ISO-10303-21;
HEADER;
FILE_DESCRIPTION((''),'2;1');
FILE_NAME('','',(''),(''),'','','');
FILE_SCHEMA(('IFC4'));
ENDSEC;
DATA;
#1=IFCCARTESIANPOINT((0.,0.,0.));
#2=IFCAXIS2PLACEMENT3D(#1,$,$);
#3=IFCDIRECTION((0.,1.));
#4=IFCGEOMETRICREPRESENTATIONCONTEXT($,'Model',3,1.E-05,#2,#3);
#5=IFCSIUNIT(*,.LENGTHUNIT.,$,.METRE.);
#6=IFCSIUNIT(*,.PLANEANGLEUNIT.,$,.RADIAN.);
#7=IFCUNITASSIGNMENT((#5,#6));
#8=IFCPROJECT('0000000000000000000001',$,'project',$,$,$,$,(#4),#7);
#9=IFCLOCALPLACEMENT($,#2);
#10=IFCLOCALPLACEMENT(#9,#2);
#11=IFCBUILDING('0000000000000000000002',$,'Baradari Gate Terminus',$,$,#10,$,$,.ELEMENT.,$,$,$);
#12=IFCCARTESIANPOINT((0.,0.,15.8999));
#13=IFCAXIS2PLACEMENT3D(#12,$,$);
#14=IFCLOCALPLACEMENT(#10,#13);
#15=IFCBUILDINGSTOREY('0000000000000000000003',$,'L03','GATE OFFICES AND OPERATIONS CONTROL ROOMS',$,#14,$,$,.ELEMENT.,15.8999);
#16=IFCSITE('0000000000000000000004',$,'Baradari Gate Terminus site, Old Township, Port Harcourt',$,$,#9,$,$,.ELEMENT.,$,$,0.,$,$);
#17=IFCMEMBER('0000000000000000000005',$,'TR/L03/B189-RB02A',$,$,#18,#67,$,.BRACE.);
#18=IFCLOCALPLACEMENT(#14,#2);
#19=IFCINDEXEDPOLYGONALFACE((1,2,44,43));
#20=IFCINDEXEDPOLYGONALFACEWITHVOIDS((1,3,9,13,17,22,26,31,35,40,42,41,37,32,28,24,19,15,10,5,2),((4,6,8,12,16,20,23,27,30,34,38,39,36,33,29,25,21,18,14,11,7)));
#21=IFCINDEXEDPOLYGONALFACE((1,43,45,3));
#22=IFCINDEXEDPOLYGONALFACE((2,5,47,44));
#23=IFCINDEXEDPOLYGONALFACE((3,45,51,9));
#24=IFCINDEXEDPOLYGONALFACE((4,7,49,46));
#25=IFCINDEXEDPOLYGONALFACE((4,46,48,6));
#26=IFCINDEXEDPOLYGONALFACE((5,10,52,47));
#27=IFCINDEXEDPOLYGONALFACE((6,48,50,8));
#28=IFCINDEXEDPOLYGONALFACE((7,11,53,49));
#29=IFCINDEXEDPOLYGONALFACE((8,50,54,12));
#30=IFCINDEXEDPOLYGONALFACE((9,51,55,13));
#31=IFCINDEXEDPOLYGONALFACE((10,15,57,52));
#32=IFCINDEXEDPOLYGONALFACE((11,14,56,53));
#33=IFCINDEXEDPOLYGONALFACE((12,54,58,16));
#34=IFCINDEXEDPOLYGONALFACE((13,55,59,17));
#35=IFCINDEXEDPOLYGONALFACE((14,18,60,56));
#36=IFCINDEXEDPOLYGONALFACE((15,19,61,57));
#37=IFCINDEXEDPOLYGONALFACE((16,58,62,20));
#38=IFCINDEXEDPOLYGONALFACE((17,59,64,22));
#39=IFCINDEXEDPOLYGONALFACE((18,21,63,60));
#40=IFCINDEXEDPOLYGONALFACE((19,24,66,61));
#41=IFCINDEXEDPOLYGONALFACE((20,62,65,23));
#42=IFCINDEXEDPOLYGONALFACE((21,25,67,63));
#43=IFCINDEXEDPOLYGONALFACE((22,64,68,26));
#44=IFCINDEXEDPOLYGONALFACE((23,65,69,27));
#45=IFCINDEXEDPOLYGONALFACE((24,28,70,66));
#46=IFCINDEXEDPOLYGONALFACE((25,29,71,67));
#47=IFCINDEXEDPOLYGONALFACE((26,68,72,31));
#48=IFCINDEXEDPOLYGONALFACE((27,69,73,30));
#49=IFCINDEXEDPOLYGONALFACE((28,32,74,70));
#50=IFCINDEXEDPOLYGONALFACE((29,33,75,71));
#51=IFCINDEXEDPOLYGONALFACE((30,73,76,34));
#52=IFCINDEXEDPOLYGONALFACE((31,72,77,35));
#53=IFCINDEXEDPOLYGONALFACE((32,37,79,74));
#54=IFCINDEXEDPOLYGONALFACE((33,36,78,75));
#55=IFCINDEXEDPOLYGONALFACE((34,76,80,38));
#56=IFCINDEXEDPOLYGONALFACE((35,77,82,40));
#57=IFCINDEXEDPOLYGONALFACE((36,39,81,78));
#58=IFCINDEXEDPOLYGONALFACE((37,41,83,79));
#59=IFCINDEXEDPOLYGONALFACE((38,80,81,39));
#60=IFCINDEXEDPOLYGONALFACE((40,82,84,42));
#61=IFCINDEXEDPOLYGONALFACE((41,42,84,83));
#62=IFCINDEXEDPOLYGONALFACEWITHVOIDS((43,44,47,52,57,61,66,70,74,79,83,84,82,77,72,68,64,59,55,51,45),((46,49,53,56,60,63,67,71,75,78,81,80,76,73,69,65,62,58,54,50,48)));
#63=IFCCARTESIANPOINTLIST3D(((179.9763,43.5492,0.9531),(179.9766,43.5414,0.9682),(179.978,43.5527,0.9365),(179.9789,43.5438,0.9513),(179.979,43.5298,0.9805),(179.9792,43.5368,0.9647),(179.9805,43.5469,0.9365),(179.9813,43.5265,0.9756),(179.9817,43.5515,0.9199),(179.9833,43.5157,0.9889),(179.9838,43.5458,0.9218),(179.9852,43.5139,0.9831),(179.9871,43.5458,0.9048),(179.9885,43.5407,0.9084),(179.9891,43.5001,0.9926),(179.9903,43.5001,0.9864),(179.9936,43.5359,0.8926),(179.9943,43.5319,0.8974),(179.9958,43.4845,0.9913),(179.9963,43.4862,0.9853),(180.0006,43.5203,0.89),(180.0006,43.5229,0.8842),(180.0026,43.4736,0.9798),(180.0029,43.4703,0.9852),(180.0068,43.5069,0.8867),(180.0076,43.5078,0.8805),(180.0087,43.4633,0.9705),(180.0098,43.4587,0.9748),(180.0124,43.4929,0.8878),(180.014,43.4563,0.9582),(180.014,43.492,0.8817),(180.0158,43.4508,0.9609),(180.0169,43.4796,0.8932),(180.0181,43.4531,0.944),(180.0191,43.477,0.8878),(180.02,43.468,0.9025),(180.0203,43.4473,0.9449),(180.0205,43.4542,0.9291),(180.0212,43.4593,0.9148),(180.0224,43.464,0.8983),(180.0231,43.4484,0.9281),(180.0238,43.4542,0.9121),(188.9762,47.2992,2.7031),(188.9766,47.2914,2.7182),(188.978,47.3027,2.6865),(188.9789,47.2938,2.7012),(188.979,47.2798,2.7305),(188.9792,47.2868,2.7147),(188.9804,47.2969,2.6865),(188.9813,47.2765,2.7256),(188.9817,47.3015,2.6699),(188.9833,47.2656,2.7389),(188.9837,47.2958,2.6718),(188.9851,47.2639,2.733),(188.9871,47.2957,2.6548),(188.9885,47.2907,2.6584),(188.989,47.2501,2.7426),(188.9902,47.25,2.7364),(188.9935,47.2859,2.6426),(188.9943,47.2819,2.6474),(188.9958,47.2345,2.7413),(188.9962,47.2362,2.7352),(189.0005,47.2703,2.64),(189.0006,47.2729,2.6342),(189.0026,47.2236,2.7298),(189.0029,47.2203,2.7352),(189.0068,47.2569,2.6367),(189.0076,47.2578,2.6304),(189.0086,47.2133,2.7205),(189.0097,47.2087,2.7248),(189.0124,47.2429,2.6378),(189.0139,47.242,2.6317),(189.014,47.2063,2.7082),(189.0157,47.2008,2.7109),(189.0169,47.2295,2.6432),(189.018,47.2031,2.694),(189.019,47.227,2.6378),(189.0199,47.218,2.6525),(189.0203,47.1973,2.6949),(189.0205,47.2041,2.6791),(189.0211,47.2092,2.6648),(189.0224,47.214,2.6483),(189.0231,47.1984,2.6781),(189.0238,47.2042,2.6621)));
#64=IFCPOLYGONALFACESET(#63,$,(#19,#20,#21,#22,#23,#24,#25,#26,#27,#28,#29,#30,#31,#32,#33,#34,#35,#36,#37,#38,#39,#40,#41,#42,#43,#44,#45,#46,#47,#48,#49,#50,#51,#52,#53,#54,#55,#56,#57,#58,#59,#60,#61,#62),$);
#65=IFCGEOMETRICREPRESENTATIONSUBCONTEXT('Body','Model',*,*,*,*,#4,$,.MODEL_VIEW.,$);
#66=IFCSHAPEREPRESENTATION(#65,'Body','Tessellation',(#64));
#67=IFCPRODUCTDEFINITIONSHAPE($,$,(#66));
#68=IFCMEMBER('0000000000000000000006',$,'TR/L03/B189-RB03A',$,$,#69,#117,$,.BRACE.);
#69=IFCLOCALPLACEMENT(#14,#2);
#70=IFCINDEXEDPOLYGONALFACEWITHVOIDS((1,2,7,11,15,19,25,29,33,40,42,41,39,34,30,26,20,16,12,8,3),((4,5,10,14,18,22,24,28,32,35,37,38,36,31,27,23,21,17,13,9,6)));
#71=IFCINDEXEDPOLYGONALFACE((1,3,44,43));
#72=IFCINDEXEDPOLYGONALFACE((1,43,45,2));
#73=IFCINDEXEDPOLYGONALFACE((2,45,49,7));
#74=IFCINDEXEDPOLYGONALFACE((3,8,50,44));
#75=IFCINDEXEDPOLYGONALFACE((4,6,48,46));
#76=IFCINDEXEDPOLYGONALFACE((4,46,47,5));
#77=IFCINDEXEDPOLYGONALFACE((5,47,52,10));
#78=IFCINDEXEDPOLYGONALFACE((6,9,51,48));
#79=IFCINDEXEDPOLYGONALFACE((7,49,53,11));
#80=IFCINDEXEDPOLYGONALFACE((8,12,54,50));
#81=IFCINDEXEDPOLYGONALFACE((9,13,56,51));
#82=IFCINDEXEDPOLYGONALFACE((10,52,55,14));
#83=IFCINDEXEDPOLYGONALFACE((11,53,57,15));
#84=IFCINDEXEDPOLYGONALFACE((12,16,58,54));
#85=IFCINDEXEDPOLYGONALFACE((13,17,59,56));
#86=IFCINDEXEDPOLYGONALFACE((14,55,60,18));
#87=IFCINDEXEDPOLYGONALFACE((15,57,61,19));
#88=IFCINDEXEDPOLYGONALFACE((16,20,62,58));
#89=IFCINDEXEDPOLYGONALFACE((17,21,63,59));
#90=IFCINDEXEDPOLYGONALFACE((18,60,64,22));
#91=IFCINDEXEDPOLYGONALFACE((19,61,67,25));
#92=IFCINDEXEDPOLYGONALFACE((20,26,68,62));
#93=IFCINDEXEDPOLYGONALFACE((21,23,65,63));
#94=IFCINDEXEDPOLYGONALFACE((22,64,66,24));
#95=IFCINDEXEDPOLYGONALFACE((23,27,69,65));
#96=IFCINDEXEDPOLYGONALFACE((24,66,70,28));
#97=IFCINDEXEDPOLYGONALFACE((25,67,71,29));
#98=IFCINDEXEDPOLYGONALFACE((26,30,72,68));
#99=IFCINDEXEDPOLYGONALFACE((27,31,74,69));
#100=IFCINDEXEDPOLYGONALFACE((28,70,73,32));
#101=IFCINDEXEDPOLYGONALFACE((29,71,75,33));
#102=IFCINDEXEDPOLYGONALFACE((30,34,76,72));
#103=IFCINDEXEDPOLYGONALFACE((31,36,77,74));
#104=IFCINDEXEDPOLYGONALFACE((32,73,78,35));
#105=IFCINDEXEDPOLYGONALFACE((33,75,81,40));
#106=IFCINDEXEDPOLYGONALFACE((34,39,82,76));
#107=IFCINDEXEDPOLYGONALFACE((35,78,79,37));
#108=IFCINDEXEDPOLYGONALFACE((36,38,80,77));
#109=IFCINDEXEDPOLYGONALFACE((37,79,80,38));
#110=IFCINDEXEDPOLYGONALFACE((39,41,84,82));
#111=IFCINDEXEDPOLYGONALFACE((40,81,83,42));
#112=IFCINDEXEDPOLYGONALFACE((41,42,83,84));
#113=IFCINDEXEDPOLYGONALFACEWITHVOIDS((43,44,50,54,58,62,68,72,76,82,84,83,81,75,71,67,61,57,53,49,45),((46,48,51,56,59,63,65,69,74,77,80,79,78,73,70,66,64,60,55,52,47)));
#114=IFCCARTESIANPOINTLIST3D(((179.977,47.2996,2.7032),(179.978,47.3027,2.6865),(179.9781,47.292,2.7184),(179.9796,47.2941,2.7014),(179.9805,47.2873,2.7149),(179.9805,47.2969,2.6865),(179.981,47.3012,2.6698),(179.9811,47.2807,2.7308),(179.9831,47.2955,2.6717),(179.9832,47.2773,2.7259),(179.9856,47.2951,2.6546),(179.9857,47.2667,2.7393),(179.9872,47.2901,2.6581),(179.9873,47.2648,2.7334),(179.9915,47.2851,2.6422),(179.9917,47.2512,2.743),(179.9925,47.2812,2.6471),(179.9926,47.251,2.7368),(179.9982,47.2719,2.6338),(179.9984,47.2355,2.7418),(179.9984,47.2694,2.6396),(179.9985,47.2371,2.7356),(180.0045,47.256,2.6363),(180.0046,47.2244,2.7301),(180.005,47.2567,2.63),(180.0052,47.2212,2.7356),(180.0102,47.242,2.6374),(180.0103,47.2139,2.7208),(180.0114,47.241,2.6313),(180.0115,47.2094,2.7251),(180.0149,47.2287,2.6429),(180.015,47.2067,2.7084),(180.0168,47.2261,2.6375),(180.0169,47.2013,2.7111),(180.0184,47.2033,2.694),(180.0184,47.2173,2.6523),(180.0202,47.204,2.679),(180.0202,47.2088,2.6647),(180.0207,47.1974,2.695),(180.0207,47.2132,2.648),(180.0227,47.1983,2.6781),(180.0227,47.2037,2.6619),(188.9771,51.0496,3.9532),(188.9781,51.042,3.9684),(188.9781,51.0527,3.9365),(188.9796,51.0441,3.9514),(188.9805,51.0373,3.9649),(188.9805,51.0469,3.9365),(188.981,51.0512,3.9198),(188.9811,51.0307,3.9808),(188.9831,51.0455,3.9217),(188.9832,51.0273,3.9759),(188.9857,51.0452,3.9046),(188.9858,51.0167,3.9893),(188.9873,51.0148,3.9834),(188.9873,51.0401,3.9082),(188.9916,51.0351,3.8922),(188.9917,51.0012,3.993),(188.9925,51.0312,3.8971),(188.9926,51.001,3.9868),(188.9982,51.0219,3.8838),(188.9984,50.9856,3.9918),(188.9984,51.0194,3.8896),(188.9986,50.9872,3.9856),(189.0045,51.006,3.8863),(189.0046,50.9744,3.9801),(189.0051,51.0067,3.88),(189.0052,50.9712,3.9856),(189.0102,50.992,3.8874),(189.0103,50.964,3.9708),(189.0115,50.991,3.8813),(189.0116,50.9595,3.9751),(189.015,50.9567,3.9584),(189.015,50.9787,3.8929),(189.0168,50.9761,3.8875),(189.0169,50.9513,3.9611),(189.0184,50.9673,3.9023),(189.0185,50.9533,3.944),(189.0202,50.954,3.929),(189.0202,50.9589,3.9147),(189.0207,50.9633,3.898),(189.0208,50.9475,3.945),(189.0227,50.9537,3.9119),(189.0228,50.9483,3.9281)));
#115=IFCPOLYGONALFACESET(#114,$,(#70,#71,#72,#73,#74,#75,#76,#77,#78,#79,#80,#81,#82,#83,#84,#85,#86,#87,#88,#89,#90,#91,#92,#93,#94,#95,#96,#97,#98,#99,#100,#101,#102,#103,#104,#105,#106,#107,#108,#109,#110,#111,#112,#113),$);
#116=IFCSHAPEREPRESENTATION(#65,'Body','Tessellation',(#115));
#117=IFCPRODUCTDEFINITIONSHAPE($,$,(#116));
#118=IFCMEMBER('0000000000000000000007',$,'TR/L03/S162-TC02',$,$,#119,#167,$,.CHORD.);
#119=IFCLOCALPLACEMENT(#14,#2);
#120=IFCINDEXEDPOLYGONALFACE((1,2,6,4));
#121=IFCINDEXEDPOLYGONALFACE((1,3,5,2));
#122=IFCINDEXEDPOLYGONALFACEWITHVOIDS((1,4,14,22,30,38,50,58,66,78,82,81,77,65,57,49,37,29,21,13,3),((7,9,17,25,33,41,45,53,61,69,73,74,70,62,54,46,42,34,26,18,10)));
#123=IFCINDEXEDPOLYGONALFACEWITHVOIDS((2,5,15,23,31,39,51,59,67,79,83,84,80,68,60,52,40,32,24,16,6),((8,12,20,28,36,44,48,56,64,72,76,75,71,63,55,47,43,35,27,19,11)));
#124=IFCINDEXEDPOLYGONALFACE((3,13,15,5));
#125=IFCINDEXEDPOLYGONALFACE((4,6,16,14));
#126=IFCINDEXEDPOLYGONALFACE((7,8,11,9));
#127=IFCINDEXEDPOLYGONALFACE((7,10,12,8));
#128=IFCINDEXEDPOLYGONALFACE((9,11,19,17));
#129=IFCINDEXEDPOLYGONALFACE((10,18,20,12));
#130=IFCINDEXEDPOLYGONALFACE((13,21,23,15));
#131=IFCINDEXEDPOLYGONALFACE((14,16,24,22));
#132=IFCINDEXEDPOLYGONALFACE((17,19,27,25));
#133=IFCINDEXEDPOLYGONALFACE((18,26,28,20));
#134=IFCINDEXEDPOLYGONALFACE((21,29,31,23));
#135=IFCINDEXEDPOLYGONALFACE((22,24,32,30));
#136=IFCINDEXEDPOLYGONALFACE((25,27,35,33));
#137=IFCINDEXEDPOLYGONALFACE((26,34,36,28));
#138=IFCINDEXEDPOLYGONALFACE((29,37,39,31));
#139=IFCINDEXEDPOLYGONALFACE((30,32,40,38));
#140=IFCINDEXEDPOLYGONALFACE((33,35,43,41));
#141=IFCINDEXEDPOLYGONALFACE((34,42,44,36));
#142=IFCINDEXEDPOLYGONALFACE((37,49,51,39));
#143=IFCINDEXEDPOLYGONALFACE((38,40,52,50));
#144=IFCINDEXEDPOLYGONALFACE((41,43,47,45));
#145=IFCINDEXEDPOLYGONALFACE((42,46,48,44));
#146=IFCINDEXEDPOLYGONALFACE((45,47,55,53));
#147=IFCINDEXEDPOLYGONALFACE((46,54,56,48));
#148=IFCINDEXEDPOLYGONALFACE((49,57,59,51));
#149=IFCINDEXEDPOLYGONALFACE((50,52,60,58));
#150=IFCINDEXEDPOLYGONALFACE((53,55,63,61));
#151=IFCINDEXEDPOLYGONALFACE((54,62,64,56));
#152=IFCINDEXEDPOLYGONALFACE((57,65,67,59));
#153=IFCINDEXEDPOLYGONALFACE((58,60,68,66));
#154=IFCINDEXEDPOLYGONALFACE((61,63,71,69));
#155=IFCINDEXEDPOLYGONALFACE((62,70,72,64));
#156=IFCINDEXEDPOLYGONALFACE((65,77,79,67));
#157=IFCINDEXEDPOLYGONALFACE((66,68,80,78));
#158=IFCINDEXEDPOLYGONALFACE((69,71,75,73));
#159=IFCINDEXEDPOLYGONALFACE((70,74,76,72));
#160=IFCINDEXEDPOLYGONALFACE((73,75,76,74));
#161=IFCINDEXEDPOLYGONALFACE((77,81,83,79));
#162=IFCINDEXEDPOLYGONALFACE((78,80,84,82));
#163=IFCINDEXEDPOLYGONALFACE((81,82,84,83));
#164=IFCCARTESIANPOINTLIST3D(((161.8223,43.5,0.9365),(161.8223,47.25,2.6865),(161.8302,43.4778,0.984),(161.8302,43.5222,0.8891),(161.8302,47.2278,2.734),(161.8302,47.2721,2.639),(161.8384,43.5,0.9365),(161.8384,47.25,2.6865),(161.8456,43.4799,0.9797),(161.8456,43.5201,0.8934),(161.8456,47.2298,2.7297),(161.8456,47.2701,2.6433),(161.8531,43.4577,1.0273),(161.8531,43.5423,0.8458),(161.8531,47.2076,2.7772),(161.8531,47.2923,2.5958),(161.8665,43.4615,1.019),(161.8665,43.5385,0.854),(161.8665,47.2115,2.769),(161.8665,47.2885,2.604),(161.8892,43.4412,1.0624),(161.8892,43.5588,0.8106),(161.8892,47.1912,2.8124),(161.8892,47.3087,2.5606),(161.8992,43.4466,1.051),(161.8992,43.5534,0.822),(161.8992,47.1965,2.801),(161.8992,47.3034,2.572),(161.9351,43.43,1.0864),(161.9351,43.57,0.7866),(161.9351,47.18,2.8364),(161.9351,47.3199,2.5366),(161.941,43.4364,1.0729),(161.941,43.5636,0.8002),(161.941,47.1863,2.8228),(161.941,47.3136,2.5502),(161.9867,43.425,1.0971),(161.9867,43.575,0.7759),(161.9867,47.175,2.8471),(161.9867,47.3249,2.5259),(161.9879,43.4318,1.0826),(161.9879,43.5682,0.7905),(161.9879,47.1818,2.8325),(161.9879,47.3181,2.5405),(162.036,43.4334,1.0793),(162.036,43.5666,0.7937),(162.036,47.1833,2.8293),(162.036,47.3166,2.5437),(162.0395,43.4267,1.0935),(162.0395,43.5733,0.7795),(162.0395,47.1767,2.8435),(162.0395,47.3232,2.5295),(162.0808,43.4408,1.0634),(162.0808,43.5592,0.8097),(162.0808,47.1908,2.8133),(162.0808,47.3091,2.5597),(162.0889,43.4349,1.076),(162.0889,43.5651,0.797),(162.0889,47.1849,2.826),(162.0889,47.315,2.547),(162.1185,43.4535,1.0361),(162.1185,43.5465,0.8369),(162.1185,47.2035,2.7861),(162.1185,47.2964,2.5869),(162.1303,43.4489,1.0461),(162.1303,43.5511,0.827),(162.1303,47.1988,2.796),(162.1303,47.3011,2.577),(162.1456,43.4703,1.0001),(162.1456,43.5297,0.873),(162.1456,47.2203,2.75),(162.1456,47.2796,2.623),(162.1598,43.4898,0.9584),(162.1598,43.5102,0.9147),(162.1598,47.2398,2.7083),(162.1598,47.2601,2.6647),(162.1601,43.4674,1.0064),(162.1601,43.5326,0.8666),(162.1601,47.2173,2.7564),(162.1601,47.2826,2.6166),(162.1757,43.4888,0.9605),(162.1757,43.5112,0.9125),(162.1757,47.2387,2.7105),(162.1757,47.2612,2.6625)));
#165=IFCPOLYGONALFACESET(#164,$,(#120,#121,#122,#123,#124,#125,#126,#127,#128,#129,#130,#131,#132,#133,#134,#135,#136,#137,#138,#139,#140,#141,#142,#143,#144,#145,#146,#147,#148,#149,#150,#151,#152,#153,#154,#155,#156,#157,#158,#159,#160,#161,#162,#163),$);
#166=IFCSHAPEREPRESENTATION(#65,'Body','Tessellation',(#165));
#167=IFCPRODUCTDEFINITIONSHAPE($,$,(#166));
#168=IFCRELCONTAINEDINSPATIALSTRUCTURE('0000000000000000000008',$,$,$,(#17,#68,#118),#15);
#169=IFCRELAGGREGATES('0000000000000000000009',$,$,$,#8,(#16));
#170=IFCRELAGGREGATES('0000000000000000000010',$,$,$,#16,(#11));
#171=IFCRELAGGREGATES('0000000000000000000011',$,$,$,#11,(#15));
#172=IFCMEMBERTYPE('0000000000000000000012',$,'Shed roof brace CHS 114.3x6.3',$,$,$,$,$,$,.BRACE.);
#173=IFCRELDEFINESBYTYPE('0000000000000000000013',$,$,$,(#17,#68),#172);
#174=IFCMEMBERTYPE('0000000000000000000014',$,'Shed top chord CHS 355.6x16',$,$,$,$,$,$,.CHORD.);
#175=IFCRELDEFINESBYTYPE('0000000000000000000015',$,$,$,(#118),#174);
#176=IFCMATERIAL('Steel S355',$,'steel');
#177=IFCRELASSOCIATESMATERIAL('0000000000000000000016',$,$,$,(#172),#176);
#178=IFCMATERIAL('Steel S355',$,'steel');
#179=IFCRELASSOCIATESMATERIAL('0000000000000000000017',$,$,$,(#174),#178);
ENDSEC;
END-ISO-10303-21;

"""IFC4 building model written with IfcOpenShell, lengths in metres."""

from ifc_helpers import new_model, si_unit, direction, frame, origin, origin_2d, place, context, subcontext, project, spatial, hollow_circle, extrude, material, material_profile, profile_set, type_object, element, save


model = new_model("IFC4")

# Units and contexts
model_context = context("Model", 3, precision=1e-05, world=origin(), true_north=direction((0.0, 1.0)))
body_context = subcontext(model_context, "Body", "Model", "MODEL_VIEW")
ifc_project = project(units=[si_unit("LENGTHUNIT", "METRE"), si_unit("PLANEANGLEUNIT", "RADIAN")], contexts=[model_context])

# Site, building, storey
site_placement = place(None, origin())
site = spatial("IfcSite", under=ifc_project, at=site_placement, Name="Baradari Gate Terminus site, Old Township, Port Harcourt", CompositionType="ELEMENT", RefElevation=0.0)
building_placement = place(site_placement, origin())
building = spatial("IfcBuilding", under=site, at=building_placement, Name="Baradari Gate Terminus", CompositionType="ELEMENT")
storey_placement = place(building_placement, frame((0.0, 0.0, 15.8999)))
storey = spatial("IfcBuildingStorey", under=building, at=storey_placement, Name="L03", Description="GATE OFFICES AND OPERATIONS CONTROL ROOMS", CompositionType="ELEMENT", Elevation=15.8999)

# Members
ifc_material_1 = material(Name="Steel S355", Category="steel")
ifc_material_profile_1 = material_profile(ifc_material_1, hollow_circle(Radius=0.0571, WallThickness=0.0063, at=origin_2d()), Name="CHS 114.3x6.3")
ifc_profile_set_1 = profile_set([ifc_material_profile_1], Name="Steel S355")
member_type_1 = type_object("IfcMemberType", Name="Shed roof brace CHS 114.3x6.3", PredefinedType="BRACE", material=ifc_profile_set_1)
member_1_placement = place(storey_placement, frame((180.0, 43.5, 0.9365), z_axis=(0.908558, 0.378566, 0.176664), x_axis=(-0.384615, 0.923077, 0.0)))
element("IfcMember", 1, at=member_1_placement, inside=storey, type_object=member_type_1, Name="TR/L03/B189-RB02A", PredefinedType="BRACE", context=body_context, shape_type="SweptSolid", body=[
    extrude(hollow_circle(Radius=0.0571, WallThickness=0.0063, at=origin_2d()), origin(), (0.0, 0.0, 1.0), 9.9058),
])
member_2_placement = place(storey_placement, frame((180.0, 47.25, 2.6865), z_axis=(0.915583, 0.381493, 0.127164), x_axis=(-0.384615, 0.923077, 0.0)))
element("IfcMember", 2, at=member_2_placement, inside=storey, type_object=member_type_1, Name="TR/L03/B189-RB03A", PredefinedType="BRACE", context=body_context, shape_type="SweptSolid", body=[
    extrude(hollow_circle(Radius=0.0571, WallThickness=0.0063, at=origin_2d()), origin(), (0.0, 0.0, 1.0), 9.8298),
])
ifc_material_2 = material(Name="Steel S355", Category="steel")
ifc_material_profile_2 = material_profile(ifc_material_2, hollow_circle(Radius=0.1777, WallThickness=0.0161, at=origin_2d()), Name="CHS 355.6x16")
ifc_profile_set_2 = profile_set([ifc_material_profile_2], Name="Steel S355")
member_type_2 = type_object("IfcMemberType", Name="Shed top chord CHS 355.6x16", PredefinedType="CHORD", material=ifc_profile_set_2)
member_3_placement = place(storey_placement, frame((162.0, 43.5, 0.9365), z_axis=(0.0, 0.906183, 0.422885), x_axis=(-1.0, 0.0, 0.0)))
element("IfcMember", 3, at=member_3_placement, inside=storey, type_object=member_type_2, Name="TR/L03/S162-TC02", PredefinedType="CHORD", context=body_context, shape_type="SweptSolid", body=[
    extrude(hollow_circle(Radius=0.1777, WallThickness=0.0161, at=origin_2d()), origin(), (0.0, 0.0, 1.0), 4.1382),
])

save(model, "model.ifc")
